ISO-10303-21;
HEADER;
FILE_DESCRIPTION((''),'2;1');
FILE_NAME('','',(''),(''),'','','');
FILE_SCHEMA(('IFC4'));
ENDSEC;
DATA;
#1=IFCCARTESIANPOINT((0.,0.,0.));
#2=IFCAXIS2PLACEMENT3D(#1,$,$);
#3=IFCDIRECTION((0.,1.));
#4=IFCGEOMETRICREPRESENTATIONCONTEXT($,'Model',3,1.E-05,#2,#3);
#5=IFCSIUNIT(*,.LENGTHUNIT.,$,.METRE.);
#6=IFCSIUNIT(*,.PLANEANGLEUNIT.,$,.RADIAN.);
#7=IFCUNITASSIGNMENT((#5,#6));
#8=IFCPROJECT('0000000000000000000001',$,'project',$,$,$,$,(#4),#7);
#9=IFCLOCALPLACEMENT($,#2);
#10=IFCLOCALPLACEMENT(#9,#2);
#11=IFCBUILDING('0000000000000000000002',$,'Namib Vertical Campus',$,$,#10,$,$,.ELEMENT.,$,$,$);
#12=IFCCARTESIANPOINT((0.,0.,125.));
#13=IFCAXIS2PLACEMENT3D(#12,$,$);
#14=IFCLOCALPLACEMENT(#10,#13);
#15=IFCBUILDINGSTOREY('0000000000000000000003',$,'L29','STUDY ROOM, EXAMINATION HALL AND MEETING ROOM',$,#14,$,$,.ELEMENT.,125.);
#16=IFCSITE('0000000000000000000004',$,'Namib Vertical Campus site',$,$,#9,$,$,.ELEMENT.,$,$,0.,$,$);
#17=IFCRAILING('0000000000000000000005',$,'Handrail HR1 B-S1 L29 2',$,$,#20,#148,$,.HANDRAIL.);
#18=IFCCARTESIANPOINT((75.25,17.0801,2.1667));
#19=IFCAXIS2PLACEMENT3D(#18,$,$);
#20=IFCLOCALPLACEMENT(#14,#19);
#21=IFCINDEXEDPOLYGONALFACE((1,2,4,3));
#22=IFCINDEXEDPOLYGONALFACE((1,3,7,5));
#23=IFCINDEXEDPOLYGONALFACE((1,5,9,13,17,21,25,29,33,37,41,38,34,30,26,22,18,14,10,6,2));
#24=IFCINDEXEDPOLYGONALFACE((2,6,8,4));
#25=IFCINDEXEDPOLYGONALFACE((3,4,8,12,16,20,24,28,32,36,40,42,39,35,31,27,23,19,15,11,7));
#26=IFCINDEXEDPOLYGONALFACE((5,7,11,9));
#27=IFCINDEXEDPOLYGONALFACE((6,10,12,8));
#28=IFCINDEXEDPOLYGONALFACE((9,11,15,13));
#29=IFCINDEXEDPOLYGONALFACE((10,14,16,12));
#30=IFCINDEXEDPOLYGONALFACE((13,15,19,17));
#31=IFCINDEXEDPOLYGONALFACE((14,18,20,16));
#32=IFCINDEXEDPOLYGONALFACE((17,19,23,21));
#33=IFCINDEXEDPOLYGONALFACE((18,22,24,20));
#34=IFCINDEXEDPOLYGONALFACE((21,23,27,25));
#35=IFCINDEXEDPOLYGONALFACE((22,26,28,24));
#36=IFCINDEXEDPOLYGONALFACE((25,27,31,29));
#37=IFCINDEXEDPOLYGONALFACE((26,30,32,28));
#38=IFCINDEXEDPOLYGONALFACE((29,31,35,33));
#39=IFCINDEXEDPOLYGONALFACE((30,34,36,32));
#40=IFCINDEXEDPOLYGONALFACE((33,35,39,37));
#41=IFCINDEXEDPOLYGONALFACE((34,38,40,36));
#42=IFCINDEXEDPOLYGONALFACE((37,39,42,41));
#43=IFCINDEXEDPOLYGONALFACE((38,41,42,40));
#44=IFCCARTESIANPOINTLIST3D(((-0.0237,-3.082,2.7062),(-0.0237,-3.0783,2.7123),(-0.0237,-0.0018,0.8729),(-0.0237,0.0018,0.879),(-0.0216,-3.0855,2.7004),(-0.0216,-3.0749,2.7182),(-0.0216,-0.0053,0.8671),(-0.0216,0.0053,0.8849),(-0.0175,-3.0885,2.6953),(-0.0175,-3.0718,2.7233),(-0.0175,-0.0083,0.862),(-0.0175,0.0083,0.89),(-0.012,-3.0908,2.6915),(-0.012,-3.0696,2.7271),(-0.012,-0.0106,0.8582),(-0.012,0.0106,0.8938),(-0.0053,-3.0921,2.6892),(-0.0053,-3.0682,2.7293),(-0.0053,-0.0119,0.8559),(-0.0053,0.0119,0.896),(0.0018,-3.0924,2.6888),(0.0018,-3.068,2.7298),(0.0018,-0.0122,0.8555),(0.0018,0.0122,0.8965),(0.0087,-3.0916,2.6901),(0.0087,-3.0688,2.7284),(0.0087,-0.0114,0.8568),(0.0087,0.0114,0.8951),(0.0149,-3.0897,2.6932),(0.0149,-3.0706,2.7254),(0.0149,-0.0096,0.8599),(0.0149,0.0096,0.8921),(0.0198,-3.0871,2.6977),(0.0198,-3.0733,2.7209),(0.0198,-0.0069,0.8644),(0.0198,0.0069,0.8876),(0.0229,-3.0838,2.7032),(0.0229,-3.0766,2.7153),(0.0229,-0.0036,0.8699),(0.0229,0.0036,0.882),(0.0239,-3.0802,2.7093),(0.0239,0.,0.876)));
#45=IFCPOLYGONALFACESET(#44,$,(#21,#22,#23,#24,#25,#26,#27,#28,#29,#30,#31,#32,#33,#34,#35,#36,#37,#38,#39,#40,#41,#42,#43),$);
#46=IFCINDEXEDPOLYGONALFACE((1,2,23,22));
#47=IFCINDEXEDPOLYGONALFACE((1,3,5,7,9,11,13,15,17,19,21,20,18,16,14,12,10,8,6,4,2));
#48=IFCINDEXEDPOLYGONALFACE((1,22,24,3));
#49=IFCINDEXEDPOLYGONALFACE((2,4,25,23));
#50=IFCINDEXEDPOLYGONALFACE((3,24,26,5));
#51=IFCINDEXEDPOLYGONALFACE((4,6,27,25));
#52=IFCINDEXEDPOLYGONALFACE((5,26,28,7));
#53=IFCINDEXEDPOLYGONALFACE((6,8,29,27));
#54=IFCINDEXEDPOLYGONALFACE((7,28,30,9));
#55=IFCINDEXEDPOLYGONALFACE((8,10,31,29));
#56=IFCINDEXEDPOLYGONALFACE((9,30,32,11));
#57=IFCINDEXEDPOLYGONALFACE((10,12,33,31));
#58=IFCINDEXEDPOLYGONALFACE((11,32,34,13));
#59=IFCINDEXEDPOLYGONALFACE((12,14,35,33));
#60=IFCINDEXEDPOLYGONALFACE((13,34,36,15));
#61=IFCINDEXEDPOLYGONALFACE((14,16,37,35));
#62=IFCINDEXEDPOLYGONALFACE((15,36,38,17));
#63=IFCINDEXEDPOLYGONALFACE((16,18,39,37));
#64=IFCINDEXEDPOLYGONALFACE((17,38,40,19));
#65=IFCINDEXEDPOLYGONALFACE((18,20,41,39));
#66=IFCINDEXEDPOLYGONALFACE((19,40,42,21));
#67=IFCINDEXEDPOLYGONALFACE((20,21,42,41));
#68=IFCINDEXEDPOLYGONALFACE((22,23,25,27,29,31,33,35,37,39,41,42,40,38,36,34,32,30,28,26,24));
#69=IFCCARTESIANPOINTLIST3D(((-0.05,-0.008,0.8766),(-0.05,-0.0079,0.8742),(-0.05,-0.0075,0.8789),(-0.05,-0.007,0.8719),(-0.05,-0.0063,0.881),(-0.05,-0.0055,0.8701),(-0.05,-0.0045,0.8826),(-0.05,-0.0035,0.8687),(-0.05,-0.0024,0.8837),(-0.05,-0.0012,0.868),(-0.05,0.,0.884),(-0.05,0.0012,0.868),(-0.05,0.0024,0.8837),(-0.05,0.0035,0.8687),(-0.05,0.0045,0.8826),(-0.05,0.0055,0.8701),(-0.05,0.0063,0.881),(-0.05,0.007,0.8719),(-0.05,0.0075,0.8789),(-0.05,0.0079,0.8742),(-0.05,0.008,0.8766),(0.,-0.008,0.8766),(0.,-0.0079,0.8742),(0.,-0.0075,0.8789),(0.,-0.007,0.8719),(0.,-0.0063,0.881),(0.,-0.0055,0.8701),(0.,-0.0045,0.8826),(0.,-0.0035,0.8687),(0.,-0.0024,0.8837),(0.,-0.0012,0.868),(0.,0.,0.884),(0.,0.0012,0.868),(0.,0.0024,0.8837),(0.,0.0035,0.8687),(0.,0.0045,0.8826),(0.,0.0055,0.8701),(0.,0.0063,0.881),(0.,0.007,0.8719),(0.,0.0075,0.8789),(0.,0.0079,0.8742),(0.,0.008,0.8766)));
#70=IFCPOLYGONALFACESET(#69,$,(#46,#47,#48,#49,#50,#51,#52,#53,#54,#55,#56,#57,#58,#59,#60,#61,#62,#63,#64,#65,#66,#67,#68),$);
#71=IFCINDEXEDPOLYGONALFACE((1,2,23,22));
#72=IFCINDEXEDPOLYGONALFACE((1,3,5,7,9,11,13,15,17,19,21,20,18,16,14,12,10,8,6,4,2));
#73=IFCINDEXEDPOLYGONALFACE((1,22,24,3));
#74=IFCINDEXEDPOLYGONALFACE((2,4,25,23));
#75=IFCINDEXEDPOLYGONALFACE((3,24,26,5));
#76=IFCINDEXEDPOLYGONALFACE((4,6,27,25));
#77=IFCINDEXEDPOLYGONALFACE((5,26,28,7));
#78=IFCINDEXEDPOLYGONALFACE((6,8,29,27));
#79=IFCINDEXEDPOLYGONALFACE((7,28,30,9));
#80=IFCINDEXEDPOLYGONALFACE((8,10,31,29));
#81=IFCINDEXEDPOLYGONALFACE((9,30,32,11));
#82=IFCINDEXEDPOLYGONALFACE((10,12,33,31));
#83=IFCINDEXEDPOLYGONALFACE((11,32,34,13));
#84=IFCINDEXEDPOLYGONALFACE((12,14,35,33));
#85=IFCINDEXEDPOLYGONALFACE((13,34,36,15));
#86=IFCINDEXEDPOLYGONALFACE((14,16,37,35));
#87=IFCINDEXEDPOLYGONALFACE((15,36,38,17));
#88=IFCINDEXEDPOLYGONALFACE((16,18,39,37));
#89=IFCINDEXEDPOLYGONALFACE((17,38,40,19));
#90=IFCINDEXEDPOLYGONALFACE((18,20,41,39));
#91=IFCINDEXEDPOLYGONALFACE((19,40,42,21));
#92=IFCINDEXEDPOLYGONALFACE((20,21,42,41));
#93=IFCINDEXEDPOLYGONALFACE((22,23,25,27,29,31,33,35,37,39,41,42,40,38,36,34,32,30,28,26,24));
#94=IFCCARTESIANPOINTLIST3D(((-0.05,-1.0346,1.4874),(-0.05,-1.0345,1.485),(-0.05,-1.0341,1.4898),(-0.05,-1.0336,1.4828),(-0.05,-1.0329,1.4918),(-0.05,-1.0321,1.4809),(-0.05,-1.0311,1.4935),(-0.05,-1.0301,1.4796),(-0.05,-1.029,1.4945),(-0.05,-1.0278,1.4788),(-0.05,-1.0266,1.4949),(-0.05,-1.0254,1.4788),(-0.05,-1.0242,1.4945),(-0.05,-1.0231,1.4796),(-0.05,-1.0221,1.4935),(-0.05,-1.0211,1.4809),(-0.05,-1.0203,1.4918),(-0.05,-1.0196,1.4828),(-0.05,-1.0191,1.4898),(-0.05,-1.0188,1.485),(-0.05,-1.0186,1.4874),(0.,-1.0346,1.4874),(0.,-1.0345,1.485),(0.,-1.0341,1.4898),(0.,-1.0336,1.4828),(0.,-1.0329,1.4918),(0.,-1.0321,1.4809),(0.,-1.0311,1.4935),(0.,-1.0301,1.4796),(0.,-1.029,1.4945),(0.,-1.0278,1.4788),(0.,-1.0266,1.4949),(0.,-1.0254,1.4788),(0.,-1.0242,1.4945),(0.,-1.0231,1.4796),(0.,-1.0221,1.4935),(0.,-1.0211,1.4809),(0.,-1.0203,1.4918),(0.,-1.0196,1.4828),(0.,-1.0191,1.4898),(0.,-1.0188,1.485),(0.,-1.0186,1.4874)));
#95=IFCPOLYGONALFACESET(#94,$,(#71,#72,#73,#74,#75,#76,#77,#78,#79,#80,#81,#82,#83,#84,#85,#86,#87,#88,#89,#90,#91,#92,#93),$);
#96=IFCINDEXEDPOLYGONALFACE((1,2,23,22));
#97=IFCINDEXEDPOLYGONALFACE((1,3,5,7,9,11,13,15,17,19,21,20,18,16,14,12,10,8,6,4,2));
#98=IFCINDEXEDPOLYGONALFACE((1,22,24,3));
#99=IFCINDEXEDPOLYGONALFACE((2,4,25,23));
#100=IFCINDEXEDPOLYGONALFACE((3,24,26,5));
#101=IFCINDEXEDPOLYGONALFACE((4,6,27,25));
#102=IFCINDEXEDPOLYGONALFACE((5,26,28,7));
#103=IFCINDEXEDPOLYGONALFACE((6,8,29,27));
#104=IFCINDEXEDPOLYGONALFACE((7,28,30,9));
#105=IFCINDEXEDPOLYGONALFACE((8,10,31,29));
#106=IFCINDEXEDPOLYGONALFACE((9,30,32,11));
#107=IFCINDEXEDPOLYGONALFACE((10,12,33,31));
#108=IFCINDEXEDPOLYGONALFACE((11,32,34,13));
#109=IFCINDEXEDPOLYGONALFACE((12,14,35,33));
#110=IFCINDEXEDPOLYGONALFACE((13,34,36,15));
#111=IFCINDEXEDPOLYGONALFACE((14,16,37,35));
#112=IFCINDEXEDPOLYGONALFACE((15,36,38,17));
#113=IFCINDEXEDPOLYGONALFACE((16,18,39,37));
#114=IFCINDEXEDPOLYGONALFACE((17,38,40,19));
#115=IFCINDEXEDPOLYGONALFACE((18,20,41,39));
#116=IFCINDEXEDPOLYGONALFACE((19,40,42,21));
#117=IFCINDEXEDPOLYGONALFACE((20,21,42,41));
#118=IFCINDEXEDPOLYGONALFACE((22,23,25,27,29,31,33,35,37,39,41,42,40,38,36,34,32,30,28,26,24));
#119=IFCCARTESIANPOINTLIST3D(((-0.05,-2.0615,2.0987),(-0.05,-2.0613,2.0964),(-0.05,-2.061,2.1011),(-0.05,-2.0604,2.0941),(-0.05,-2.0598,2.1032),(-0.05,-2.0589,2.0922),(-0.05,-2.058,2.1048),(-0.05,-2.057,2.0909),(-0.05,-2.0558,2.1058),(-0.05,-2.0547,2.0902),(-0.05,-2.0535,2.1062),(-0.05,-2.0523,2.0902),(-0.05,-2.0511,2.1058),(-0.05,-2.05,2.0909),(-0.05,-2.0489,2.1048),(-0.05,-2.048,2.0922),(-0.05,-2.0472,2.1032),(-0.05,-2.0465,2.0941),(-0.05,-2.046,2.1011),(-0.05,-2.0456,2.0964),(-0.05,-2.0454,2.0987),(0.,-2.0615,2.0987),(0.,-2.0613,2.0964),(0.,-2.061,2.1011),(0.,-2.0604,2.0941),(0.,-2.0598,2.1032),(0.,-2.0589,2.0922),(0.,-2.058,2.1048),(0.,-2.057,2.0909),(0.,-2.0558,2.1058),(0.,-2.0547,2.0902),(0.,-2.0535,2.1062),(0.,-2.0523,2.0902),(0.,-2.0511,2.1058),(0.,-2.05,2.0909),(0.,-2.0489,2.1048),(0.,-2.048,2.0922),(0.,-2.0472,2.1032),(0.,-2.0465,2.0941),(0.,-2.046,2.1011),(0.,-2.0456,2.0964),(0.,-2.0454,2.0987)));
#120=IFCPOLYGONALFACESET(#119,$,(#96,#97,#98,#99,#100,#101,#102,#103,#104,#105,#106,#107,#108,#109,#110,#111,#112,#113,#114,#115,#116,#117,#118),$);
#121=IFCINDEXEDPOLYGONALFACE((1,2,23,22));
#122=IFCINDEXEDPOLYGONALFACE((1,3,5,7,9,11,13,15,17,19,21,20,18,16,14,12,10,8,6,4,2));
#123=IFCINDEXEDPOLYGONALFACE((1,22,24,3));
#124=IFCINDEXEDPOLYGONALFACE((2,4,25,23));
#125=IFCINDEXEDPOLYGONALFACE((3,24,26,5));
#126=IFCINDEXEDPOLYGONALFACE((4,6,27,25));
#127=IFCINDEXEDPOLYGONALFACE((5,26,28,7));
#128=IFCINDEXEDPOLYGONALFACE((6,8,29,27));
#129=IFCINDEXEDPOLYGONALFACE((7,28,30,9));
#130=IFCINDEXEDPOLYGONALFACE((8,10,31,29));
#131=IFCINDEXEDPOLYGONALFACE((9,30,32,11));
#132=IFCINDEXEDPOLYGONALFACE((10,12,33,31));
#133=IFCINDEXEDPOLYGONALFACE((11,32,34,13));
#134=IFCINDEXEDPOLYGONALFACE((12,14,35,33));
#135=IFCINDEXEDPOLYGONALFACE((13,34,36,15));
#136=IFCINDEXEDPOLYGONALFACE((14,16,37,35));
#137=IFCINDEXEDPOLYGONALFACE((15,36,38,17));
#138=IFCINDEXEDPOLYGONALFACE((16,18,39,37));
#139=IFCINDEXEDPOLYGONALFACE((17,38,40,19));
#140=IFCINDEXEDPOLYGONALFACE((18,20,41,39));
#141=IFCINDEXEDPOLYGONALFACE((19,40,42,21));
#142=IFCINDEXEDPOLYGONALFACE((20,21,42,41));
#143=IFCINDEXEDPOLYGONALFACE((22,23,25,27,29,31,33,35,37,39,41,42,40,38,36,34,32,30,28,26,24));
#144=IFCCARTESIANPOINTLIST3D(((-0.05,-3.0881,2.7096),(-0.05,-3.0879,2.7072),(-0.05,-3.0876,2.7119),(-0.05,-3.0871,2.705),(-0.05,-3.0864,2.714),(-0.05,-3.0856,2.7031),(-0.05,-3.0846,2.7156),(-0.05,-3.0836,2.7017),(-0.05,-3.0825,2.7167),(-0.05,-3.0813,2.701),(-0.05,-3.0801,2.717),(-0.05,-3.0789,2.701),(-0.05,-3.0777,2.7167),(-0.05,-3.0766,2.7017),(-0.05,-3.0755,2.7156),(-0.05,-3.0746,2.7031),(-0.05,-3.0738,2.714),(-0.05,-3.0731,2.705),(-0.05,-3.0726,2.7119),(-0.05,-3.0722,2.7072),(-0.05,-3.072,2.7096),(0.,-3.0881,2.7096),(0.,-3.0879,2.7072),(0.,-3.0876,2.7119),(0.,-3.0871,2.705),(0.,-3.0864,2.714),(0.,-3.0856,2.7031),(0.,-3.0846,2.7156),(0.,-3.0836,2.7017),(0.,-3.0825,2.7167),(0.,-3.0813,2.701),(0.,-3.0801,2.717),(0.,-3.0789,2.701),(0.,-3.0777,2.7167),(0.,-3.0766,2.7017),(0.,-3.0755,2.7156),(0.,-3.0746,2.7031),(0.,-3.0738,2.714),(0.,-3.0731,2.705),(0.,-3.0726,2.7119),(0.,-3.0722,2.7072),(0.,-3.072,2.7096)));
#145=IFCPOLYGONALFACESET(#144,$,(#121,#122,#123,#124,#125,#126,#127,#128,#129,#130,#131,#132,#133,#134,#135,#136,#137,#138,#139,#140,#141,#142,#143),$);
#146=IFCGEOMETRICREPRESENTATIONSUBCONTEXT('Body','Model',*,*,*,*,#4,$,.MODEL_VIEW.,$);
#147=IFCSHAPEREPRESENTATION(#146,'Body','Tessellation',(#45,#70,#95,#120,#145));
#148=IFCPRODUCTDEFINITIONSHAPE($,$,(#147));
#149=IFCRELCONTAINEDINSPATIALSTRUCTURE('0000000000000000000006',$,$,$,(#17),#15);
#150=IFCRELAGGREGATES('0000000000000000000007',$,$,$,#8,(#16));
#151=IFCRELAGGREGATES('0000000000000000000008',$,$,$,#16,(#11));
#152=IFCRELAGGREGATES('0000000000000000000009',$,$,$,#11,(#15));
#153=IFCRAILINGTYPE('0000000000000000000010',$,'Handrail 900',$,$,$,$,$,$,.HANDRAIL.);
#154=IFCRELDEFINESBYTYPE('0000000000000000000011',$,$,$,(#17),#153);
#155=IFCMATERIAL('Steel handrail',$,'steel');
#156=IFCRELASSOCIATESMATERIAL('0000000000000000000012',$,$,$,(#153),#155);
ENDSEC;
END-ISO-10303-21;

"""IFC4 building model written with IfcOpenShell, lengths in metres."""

from ifc_helpers import new_model, si_unit, direction, frame, origin, origin_2d, place, context, subcontext, project, spatial, circle, extrude, material, type_object, element, save


model = new_model("IFC4")

# Units and contexts
model_context = context("Model", 3, precision=1e-05, world=origin(), true_north=direction((0.0, 1.0)))
body_context = subcontext(model_context, "Body", "Model", "MODEL_VIEW")
ifc_project = project(units=[si_unit("LENGTHUNIT", "METRE"), si_unit("PLANEANGLEUNIT", "RADIAN")], contexts=[model_context])

# Site, building, storey
site_placement = place(None, origin())
site = spatial("IfcSite", under=ifc_project, at=site_placement, Name="Namib Vertical Campus site", CompositionType="ELEMENT", RefElevation=0.0)
building_placement = place(site_placement, origin())
building = spatial("IfcBuilding", under=site, at=building_placement, Name="Namib Vertical Campus", CompositionType="ELEMENT")
storey_placement = place(building_placement, frame((0.0, 0.0, 125.0)))
storey = spatial("IfcBuildingStorey", under=building, at=storey_placement, Name="L29", Description="STUDY ROOM, EXAMINATION HALL AND MEETING ROOM", CompositionType="ELEMENT", Elevation=125.0)

# Railing
ifc_material_1 = material(Name="Steel handrail", Category="steel")
railing_type = type_object("IfcRailingType", Name="Handrail 900", PredefinedType="HANDRAIL", material=ifc_material_1)
railing_1_placement = place(storey_placement, frame((75.25, 17.0801, 2.1667)))
element("IfcRailing", 1, at=railing_1_placement, inside=storey, type_object=railing_type, Name="Handrail HR1 B-S1 L29 2", PredefinedType="HANDRAIL", context=body_context, shape_type="SweptSolid", body=[
    extrude(circle(Radius=0.0239, at=origin_2d()), frame((0.0, 0.0, 0.876), z_axis=(0.0, -0.859309, 0.511458), x_axis=(1.0, 0.0, 0.0)), (0.0, 0.0, 1.0), 3.5845),
    extrude(circle(Radius=0.0081, at=origin_2d()), frame((0.0, 0.0, 0.876), z_axis=(-1.0, 0.0, 0.0), x_axis=(0.0, 0.0, 1.0)), (0.0, 0.0, 1.0), 0.05),
    extrude(circle(Radius=0.0081, at=origin_2d()), frame((0.0, -1.0266, 1.4868), z_axis=(-1.0, 0.0, 0.0), x_axis=(0.0, 0.0, 1.0)), (0.0, 0.0, 1.0), 0.05),
    extrude(circle(Radius=0.0081, at=origin_2d()), frame((0.0, -2.0535, 2.0981), z_axis=(-1.0, 0.0, 0.0), x_axis=(0.0, 0.0, 1.0)), (0.0, 0.0, 1.0), 0.05),
    extrude(circle(Radius=0.0081, at=origin_2d()), frame((0.0, -3.0801, 2.709), z_axis=(-1.0, 0.0, 0.0), x_axis=(0.0, 0.0, 1.0)), (0.0, 0.0, 1.0), 0.05),
])

save(model, "model.ifc")
